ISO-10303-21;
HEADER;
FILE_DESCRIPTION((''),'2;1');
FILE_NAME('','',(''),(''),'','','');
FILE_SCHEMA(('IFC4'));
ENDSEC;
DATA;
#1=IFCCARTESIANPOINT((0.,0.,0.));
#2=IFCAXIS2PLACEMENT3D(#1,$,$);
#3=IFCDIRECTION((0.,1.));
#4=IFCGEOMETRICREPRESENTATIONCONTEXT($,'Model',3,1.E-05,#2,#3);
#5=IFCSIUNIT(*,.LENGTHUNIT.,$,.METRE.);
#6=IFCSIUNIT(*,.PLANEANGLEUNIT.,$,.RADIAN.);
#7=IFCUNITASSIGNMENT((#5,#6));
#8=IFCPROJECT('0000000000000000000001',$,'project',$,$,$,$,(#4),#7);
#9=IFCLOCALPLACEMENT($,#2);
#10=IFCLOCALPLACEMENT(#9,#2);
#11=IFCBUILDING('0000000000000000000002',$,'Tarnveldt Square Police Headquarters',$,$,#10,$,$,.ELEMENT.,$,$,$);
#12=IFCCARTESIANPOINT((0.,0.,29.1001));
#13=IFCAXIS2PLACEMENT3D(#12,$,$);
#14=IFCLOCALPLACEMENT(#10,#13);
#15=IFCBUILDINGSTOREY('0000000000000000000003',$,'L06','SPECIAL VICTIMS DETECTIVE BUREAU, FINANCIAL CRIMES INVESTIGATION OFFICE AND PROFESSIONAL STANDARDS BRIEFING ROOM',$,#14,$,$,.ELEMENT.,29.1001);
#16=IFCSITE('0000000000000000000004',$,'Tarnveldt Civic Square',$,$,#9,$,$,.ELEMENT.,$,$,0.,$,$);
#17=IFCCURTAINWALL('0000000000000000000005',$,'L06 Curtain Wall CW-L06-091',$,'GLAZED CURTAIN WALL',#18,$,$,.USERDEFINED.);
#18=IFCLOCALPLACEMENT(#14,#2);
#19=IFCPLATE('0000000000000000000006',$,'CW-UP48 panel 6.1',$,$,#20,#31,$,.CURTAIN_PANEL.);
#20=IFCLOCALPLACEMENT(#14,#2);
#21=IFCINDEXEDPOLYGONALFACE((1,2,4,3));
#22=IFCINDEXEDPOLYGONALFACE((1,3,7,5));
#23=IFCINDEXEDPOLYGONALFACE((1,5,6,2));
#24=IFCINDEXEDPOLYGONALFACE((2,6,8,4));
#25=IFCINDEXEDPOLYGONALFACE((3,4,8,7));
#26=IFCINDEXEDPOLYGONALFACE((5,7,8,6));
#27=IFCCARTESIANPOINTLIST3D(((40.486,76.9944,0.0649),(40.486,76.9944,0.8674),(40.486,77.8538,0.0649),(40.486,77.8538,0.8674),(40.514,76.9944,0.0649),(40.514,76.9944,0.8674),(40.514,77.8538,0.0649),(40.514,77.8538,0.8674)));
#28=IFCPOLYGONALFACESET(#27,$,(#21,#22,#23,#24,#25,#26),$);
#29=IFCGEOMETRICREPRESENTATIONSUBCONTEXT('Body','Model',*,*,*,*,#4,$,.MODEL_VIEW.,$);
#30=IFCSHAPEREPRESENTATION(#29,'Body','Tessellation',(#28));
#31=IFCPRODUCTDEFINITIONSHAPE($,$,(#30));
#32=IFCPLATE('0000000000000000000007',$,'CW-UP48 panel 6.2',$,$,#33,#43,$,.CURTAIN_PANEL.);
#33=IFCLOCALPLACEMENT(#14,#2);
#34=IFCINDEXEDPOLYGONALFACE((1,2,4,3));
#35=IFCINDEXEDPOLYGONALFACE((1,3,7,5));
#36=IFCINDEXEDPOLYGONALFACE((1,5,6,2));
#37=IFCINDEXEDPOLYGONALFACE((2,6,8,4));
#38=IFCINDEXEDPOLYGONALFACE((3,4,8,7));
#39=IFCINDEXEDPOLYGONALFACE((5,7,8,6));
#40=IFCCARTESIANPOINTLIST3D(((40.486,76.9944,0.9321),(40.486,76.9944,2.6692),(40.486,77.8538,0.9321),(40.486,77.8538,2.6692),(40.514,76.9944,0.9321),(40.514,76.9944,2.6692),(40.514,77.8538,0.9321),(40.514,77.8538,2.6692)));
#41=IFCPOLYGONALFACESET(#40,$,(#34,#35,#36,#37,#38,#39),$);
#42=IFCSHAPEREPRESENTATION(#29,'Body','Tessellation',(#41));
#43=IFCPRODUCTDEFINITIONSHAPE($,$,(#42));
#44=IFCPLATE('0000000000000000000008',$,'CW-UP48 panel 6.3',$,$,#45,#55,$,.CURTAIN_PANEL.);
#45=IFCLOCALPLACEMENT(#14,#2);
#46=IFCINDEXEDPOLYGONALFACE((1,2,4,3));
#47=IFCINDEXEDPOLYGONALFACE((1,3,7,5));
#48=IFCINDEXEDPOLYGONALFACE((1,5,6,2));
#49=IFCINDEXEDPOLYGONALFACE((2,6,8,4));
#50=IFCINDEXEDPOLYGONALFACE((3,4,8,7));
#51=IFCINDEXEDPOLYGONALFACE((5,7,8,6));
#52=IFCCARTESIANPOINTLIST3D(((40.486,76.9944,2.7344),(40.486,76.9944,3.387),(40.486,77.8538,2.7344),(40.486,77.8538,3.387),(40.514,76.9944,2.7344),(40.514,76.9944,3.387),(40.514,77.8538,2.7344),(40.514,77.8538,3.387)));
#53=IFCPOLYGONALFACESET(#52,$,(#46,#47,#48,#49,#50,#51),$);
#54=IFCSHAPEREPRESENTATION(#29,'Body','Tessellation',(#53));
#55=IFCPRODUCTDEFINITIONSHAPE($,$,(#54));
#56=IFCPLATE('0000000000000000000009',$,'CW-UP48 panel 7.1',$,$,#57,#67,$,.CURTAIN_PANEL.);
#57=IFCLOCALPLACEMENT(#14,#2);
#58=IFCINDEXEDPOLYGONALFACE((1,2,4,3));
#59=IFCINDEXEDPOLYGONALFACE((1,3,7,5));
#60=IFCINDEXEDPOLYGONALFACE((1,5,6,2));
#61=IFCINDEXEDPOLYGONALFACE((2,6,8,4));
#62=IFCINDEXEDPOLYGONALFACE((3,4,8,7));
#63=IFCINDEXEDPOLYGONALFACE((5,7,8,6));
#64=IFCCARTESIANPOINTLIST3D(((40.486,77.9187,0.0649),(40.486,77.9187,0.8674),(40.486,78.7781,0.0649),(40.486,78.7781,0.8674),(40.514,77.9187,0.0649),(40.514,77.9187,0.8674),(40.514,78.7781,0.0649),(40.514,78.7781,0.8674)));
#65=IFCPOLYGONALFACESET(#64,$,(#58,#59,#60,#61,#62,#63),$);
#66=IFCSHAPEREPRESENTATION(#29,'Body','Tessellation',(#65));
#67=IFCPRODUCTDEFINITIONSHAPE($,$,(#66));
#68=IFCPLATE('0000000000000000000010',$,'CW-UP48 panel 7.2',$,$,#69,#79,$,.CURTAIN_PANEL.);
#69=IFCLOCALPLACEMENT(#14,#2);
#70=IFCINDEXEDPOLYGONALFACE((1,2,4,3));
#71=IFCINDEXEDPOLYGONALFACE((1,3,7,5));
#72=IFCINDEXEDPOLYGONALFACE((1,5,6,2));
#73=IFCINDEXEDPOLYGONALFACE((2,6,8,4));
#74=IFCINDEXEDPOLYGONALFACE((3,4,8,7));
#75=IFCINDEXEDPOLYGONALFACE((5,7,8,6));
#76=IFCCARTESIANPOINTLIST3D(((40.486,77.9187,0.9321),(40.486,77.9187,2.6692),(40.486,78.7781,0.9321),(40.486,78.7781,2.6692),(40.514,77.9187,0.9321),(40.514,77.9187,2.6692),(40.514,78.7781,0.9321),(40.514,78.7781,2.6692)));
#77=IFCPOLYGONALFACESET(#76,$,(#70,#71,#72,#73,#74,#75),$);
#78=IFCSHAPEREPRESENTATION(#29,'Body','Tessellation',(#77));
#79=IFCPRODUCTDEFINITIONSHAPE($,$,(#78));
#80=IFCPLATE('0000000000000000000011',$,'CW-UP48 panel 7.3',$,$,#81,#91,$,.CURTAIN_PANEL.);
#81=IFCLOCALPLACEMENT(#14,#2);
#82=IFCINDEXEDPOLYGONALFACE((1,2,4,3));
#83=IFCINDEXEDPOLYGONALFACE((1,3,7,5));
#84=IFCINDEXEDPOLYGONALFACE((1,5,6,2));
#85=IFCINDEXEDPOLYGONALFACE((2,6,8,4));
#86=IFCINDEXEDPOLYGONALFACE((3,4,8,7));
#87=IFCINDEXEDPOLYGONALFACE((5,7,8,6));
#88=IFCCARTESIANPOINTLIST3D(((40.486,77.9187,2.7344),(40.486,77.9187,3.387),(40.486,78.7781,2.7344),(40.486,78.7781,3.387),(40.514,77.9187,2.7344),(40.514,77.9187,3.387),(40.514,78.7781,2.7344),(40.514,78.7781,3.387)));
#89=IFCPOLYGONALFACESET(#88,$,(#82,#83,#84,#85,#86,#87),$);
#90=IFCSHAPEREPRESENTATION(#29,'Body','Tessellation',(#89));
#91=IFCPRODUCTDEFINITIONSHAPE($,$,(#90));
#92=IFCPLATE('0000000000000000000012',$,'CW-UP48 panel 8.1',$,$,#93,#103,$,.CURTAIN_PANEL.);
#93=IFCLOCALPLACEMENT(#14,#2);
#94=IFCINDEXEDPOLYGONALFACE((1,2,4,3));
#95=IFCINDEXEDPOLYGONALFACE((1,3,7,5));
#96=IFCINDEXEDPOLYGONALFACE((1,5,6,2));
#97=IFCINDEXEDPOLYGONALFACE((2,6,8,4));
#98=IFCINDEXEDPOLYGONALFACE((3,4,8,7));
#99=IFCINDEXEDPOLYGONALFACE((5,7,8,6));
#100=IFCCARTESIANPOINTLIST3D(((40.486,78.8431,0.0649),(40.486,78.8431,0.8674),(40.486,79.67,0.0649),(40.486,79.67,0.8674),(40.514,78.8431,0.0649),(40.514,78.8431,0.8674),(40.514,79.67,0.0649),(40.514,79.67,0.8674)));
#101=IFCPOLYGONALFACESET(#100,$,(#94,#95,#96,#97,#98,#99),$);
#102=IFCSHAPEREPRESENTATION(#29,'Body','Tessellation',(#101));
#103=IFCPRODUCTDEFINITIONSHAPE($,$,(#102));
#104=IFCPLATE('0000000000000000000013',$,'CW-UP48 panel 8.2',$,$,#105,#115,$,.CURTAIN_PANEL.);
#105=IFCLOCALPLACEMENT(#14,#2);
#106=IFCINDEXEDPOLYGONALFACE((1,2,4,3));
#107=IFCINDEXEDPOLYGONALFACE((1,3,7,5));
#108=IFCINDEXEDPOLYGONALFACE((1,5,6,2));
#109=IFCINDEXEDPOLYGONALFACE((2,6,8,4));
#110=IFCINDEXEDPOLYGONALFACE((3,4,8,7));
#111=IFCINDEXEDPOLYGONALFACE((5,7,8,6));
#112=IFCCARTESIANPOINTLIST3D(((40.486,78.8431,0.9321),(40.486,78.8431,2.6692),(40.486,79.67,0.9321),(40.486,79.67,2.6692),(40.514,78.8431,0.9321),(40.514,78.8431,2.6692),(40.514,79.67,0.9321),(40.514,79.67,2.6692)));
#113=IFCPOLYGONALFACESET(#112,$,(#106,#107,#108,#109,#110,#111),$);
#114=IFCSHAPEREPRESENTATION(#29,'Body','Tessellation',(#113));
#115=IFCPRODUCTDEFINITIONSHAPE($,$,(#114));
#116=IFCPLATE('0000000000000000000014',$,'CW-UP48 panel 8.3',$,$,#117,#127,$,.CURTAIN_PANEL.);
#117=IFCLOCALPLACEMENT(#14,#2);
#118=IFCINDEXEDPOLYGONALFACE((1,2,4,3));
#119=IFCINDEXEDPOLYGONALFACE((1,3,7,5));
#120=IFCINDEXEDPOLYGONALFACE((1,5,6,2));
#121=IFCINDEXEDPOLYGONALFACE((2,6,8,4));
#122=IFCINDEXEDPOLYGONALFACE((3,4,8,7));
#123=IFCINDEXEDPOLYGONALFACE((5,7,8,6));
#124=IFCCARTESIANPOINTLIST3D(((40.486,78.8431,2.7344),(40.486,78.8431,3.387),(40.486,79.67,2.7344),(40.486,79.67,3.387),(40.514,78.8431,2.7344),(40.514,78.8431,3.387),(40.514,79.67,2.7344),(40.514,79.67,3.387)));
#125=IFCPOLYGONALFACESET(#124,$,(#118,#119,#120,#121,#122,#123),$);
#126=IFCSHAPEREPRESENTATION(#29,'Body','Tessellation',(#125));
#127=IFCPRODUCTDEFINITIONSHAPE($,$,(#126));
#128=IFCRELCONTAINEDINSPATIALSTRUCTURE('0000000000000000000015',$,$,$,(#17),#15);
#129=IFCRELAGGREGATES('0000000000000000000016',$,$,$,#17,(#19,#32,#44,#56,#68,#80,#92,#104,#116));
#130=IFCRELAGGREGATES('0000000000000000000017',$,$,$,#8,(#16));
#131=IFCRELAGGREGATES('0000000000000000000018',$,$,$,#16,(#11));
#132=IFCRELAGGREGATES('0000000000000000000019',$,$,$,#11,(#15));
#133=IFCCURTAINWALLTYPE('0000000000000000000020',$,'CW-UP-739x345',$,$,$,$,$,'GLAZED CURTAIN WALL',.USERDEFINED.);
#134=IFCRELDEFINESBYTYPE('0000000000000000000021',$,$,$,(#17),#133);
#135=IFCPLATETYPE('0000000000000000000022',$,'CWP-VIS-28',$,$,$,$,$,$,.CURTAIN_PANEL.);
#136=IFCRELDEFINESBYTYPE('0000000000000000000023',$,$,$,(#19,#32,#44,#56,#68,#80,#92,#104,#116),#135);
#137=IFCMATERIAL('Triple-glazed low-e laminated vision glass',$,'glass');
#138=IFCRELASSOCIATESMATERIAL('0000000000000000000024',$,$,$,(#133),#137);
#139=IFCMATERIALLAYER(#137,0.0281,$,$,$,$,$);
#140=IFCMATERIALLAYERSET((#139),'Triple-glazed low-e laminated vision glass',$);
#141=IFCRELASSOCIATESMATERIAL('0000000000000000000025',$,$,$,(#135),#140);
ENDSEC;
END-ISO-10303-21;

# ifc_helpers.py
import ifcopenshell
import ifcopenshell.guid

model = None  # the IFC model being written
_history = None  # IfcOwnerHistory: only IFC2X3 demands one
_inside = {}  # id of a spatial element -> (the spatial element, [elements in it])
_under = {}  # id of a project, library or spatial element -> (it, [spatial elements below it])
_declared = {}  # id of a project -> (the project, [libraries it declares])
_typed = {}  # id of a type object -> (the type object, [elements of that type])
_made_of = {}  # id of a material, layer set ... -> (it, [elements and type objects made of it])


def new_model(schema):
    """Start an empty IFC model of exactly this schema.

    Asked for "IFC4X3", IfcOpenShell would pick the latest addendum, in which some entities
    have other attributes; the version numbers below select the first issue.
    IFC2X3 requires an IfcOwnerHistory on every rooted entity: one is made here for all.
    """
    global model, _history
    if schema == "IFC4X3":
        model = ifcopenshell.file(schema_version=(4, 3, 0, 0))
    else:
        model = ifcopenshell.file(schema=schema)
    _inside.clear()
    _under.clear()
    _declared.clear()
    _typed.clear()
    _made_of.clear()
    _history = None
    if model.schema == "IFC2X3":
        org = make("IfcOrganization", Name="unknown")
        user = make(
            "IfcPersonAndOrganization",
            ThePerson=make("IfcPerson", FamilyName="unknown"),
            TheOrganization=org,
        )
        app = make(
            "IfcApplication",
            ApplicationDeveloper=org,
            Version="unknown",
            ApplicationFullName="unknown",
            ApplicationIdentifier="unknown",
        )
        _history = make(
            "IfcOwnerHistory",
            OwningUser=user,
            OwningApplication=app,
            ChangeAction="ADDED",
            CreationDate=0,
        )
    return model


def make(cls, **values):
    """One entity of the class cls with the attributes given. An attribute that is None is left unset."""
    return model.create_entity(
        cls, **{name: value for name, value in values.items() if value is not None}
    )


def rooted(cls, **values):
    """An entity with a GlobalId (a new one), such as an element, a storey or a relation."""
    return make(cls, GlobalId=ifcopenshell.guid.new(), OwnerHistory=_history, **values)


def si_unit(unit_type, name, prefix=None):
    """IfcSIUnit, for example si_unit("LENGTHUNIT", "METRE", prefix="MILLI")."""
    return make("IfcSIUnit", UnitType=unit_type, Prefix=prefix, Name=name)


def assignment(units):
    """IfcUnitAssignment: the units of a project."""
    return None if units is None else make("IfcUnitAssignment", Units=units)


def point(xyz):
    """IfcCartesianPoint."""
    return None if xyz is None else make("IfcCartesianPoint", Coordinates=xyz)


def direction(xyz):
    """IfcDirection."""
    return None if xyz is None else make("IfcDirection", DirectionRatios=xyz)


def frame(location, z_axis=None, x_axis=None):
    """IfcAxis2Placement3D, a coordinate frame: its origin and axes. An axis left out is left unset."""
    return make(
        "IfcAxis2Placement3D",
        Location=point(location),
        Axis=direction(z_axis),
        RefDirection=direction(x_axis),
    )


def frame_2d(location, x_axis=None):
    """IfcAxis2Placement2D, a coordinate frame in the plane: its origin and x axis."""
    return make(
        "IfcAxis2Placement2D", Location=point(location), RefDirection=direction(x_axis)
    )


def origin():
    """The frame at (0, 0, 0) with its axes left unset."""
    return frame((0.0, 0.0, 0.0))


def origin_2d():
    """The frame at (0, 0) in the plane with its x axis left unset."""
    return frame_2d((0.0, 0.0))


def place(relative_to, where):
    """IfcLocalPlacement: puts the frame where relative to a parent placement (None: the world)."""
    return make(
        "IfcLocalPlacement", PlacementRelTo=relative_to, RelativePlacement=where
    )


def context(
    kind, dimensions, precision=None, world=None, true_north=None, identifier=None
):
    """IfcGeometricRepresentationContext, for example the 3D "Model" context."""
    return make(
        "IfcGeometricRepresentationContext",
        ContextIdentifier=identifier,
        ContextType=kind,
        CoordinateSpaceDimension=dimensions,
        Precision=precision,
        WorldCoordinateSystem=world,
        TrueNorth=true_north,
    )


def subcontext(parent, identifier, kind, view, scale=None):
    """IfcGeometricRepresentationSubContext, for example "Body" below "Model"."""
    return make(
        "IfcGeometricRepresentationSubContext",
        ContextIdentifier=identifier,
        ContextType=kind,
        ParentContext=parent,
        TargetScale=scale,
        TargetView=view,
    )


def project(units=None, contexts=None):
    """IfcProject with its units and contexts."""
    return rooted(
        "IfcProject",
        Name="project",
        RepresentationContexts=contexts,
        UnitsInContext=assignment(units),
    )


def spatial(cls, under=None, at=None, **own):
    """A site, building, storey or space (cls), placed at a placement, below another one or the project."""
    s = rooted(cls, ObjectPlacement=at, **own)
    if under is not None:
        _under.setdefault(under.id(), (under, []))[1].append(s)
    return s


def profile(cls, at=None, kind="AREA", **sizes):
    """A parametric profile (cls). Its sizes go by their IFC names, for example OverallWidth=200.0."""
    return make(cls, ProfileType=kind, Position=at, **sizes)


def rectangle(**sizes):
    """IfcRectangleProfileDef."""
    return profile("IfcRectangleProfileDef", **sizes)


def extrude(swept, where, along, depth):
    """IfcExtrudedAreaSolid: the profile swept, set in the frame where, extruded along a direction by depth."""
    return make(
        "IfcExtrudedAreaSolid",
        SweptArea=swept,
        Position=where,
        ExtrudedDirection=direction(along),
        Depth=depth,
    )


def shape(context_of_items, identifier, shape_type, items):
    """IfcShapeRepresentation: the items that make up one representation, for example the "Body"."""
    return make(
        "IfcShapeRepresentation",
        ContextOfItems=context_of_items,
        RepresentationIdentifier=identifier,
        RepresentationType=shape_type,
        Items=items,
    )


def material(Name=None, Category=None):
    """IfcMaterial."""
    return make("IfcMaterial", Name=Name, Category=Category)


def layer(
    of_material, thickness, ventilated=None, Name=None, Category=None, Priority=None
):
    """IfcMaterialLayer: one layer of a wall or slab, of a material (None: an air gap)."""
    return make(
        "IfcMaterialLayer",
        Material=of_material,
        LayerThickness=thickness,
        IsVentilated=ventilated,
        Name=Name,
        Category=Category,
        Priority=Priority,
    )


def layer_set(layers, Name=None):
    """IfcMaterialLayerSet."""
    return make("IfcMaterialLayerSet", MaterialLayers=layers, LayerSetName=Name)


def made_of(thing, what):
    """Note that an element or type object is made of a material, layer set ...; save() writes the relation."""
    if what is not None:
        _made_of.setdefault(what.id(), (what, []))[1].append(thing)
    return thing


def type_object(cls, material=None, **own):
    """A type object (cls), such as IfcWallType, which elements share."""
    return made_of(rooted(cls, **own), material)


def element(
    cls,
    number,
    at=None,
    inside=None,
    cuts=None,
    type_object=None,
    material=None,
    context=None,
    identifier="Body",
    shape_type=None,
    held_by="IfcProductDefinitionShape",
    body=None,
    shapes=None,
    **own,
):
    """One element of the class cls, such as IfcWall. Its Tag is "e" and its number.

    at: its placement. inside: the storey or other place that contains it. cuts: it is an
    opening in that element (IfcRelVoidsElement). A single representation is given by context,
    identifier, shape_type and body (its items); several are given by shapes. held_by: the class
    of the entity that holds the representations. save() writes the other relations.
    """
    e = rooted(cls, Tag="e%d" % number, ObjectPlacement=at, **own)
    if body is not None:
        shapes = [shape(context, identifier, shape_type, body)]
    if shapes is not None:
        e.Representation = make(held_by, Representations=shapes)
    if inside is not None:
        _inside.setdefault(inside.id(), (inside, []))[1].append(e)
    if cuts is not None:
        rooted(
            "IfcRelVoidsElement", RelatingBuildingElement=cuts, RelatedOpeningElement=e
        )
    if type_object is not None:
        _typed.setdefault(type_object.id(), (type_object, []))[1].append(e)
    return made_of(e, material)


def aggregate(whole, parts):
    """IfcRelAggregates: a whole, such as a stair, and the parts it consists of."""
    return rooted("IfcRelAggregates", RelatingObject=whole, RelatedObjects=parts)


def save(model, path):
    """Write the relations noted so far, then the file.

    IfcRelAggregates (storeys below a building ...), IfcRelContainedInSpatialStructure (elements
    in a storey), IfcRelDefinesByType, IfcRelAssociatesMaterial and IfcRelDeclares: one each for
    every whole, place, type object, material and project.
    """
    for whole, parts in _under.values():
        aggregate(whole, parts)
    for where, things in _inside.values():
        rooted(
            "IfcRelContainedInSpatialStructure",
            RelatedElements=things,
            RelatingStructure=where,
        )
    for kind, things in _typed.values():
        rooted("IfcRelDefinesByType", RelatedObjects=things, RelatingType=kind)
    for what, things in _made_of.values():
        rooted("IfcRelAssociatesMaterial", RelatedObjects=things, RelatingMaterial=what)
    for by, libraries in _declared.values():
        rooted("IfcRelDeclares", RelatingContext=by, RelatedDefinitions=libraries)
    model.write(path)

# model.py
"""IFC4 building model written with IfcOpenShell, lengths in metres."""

from ifc_helpers import new_model, si_unit, direction, frame, origin, origin_2d, place, context, subcontext, project, spatial, rectangle, extrude, material, layer, layer_set, type_object, element, aggregate, save


model = new_model("IFC4")

# Units and contexts
model_context = context("Model", 3, precision=1e-05, world=origin(), true_north=direction((0.0, 1.0)))
body_context = subcontext(model_context, "Body", "Model", "MODEL_VIEW")
ifc_project = project(units=[si_unit("LENGTHUNIT", "METRE"), si_unit("PLANEANGLEUNIT", "RADIAN")], contexts=[model_context])

# Site, building, storey
site_placement = place(None, origin())
site = spatial("IfcSite", under=ifc_project, at=site_placement, Name="Tarnveldt Civic Square", CompositionType="ELEMENT", RefElevation=0.0)
building_placement = place(site_placement, origin())
building = spatial("IfcBuilding", under=site, at=building_placement, Name="Tarnveldt Square Police Headquarters", CompositionType="ELEMENT")
storey_placement = place(building_placement, frame((0.0, 0.0, 29.1001)))
storey = spatial("IfcBuildingStorey", under=building, at=storey_placement, Name="L06", Description="SPECIAL VICTIMS DETECTIVE BUREAU, FINANCIAL CRIMES INVESTIGATION OFFICE AND PROFESSIONAL STANDARDS BRIEFING ROOM", CompositionType="ELEMENT", Elevation=29.1001)

# Curtain wall, plates
ifc_material_1 = material(Name="Triple-glazed low-e laminated vision glass", Category="glass")
curtain_wall_type = type_object("IfcCurtainWallType", Name="CW-UP-739x345", ElementType="GLAZED CURTAIN WALL", PredefinedType="USERDEFINED", material=ifc_material_1)
curtain_wall_placement = place(storey_placement, origin())
curtain_wall = element("IfcCurtainWall", 1, at=curtain_wall_placement, inside=storey, type_object=curtain_wall_type, Name="L06 Curtain Wall CW-L06-091", ObjectType="GLAZED CURTAIN WALL", PredefinedType="USERDEFINED")
ifc_layer = layer(ifc_material_1, 0.0281)
ifc_layer_set = layer_set([ifc_layer], Name="Triple-glazed low-e laminated vision glass")
plate_type = type_object("IfcPlateType", Name="CWP-VIS-28", PredefinedType="CURTAIN_PANEL", material=ifc_layer_set)
plate_1_placement = place(storey_placement, frame((40.5, 77.4241, 0.0649), z_axis=(0.0, 0.0, 1.0), x_axis=(0.0, 1.0, 0.0)))
plate_1 = element("IfcPlate", 2, at=plate_1_placement, type_object=plate_type, Name="CW-UP48 panel 6.1", PredefinedType="CURTAIN_PANEL", context=body_context, shape_type="SweptSolid", body=[
    extrude(rectangle(XDim=0.8594, YDim=0.0281, at=origin_2d()), origin(), (0.0, 0.0, 1.0), 0.8025),
])
plate_2_placement = place(storey_placement, frame((40.5, 77.4241, 0.9321), z_axis=(0.0, 0.0, 1.0), x_axis=(0.0, 1.0, 0.0)))
plate_2 = element("IfcPlate", 3, at=plate_2_placement, type_object=plate_type, Name="CW-UP48 panel 6.2", PredefinedType="CURTAIN_PANEL", context=body_context, shape_type="SweptSolid", body=[
    extrude(rectangle(XDim=0.8594, YDim=0.0281, at=origin_2d()), origin(), (0.0, 0.0, 1.0), 1.7371),
])
plate_3_placement = place(storey_placement, frame((40.5, 77.4241, 2.7344), z_axis=(0.0, 0.0, 1.0), x_axis=(0.0, 1.0, 0.0)))
plate_3 = element("IfcPlate", 4, at=plate_3_placement, type_object=plate_type, Name="CW-UP48 panel 6.3", PredefinedType="CURTAIN_PANEL", context=body_context, shape_type="SweptSolid", body=[
    extrude(rectangle(XDim=0.8594, YDim=0.0281, at=origin_2d()), origin(), (0.0, 0.0, 1.0), 0.6526),
])
plate_4_placement = place(storey_placement, frame((40.5, 78.3484, 0.0649), z_axis=(0.0, 0.0, 1.0), x_axis=(0.0, 1.0, 0.0)))
plate_4 = element("IfcPlate", 5, at=plate_4_placement, type_object=plate_type, Name="CW-UP48 panel 7.1", PredefinedType="CURTAIN_PANEL", context=body_context, shape_type="SweptSolid", body=[
    extrude(rectangle(XDim=0.8594, YDim=0.0281, at=origin_2d()), origin(), (0.0, 0.0, 1.0), 0.8025),
])
plate_5_placement = place(storey_placement, frame((40.5, 78.3484, 0.9321), z_axis=(0.0, 0.0, 1.0), x_axis=(0.0, 1.0, 0.0)))
plate_5 = element("IfcPlate", 6, at=plate_5_placement, type_object=plate_type, Name="CW-UP48 panel 7.2", PredefinedType="CURTAIN_PANEL", context=body_context, shape_type="SweptSolid", body=[
    extrude(rectangle(XDim=0.8594, YDim=0.0281, at=origin_2d()), origin(), (0.0, 0.0, 1.0), 1.7371),
])
plate_6_placement = place(storey_placement, frame((40.5, 78.3484, 2.7344), z_axis=(0.0, 0.0, 1.0), x_axis=(0.0, 1.0, 0.0)))
plate_6 = element("IfcPlate", 7, at=plate_6_placement, type_object=plate_type, Name="CW-UP48 panel 7.3", PredefinedType="CURTAIN_PANEL", context=body_context, shape_type="SweptSolid", body=[
    extrude(rectangle(XDim=0.8594, YDim=0.0281, at=origin_2d()), origin(), (0.0, 0.0, 1.0), 0.6526),
])
plate_7_placement = place(storey_placement, frame((40.5, 79.2566, 0.0649), z_axis=(0.0, 0.0, 1.0), x_axis=(0.0, 1.0, 0.0)))
plate_7 = element("IfcPlate", 8, at=plate_7_placement, type_object=plate_type, Name="CW-UP48 panel 8.1", PredefinedType="CURTAIN_PANEL", context=body_context, shape_type="SweptSolid", body=[
    extrude(rectangle(XDim=0.8269, YDim=0.0281, at=origin_2d()), origin(), (0.0, 0.0, 1.0), 0.8025),
])
plate_8_placement = place(storey_placement, frame((40.5, 79.2566, 0.9321), z_axis=(0.0, 0.0, 1.0), x_axis=(0.0, 1.0, 0.0)))
plate_8 = element("IfcPlate", 9, at=plate_8_placement, type_object=plate_type, Name="CW-UP48 panel 8.2", PredefinedType="CURTAIN_PANEL", context=body_context, shape_type="SweptSolid", body=[
    extrude(rectangle(XDim=0.8269, YDim=0.0281, at=origin_2d()), origin(), (0.0, 0.0, 1.0), 1.7371),
])
plate_9_placement = place(storey_placement, frame((40.5, 79.2566, 2.7344), z_axis=(0.0, 0.0, 1.0), x_axis=(0.0, 1.0, 0.0)))
plate_9 = element("IfcPlate", 10, at=plate_9_placement, type_object=plate_type, Name="CW-UP48 panel 8.3", PredefinedType="CURTAIN_PANEL", context=body_context, shape_type="SweptSolid", body=[
    extrude(rectangle(XDim=0.8269, YDim=0.0281, at=origin_2d()), origin(), (0.0, 0.0, 1.0), 0.6526),
])
aggregate(curtain_wall, [plate_1, plate_2, plate_3, plate_4, plate_5, plate_6, plate_7, plate_8, plate_9])

save(model, "model.ifc")
